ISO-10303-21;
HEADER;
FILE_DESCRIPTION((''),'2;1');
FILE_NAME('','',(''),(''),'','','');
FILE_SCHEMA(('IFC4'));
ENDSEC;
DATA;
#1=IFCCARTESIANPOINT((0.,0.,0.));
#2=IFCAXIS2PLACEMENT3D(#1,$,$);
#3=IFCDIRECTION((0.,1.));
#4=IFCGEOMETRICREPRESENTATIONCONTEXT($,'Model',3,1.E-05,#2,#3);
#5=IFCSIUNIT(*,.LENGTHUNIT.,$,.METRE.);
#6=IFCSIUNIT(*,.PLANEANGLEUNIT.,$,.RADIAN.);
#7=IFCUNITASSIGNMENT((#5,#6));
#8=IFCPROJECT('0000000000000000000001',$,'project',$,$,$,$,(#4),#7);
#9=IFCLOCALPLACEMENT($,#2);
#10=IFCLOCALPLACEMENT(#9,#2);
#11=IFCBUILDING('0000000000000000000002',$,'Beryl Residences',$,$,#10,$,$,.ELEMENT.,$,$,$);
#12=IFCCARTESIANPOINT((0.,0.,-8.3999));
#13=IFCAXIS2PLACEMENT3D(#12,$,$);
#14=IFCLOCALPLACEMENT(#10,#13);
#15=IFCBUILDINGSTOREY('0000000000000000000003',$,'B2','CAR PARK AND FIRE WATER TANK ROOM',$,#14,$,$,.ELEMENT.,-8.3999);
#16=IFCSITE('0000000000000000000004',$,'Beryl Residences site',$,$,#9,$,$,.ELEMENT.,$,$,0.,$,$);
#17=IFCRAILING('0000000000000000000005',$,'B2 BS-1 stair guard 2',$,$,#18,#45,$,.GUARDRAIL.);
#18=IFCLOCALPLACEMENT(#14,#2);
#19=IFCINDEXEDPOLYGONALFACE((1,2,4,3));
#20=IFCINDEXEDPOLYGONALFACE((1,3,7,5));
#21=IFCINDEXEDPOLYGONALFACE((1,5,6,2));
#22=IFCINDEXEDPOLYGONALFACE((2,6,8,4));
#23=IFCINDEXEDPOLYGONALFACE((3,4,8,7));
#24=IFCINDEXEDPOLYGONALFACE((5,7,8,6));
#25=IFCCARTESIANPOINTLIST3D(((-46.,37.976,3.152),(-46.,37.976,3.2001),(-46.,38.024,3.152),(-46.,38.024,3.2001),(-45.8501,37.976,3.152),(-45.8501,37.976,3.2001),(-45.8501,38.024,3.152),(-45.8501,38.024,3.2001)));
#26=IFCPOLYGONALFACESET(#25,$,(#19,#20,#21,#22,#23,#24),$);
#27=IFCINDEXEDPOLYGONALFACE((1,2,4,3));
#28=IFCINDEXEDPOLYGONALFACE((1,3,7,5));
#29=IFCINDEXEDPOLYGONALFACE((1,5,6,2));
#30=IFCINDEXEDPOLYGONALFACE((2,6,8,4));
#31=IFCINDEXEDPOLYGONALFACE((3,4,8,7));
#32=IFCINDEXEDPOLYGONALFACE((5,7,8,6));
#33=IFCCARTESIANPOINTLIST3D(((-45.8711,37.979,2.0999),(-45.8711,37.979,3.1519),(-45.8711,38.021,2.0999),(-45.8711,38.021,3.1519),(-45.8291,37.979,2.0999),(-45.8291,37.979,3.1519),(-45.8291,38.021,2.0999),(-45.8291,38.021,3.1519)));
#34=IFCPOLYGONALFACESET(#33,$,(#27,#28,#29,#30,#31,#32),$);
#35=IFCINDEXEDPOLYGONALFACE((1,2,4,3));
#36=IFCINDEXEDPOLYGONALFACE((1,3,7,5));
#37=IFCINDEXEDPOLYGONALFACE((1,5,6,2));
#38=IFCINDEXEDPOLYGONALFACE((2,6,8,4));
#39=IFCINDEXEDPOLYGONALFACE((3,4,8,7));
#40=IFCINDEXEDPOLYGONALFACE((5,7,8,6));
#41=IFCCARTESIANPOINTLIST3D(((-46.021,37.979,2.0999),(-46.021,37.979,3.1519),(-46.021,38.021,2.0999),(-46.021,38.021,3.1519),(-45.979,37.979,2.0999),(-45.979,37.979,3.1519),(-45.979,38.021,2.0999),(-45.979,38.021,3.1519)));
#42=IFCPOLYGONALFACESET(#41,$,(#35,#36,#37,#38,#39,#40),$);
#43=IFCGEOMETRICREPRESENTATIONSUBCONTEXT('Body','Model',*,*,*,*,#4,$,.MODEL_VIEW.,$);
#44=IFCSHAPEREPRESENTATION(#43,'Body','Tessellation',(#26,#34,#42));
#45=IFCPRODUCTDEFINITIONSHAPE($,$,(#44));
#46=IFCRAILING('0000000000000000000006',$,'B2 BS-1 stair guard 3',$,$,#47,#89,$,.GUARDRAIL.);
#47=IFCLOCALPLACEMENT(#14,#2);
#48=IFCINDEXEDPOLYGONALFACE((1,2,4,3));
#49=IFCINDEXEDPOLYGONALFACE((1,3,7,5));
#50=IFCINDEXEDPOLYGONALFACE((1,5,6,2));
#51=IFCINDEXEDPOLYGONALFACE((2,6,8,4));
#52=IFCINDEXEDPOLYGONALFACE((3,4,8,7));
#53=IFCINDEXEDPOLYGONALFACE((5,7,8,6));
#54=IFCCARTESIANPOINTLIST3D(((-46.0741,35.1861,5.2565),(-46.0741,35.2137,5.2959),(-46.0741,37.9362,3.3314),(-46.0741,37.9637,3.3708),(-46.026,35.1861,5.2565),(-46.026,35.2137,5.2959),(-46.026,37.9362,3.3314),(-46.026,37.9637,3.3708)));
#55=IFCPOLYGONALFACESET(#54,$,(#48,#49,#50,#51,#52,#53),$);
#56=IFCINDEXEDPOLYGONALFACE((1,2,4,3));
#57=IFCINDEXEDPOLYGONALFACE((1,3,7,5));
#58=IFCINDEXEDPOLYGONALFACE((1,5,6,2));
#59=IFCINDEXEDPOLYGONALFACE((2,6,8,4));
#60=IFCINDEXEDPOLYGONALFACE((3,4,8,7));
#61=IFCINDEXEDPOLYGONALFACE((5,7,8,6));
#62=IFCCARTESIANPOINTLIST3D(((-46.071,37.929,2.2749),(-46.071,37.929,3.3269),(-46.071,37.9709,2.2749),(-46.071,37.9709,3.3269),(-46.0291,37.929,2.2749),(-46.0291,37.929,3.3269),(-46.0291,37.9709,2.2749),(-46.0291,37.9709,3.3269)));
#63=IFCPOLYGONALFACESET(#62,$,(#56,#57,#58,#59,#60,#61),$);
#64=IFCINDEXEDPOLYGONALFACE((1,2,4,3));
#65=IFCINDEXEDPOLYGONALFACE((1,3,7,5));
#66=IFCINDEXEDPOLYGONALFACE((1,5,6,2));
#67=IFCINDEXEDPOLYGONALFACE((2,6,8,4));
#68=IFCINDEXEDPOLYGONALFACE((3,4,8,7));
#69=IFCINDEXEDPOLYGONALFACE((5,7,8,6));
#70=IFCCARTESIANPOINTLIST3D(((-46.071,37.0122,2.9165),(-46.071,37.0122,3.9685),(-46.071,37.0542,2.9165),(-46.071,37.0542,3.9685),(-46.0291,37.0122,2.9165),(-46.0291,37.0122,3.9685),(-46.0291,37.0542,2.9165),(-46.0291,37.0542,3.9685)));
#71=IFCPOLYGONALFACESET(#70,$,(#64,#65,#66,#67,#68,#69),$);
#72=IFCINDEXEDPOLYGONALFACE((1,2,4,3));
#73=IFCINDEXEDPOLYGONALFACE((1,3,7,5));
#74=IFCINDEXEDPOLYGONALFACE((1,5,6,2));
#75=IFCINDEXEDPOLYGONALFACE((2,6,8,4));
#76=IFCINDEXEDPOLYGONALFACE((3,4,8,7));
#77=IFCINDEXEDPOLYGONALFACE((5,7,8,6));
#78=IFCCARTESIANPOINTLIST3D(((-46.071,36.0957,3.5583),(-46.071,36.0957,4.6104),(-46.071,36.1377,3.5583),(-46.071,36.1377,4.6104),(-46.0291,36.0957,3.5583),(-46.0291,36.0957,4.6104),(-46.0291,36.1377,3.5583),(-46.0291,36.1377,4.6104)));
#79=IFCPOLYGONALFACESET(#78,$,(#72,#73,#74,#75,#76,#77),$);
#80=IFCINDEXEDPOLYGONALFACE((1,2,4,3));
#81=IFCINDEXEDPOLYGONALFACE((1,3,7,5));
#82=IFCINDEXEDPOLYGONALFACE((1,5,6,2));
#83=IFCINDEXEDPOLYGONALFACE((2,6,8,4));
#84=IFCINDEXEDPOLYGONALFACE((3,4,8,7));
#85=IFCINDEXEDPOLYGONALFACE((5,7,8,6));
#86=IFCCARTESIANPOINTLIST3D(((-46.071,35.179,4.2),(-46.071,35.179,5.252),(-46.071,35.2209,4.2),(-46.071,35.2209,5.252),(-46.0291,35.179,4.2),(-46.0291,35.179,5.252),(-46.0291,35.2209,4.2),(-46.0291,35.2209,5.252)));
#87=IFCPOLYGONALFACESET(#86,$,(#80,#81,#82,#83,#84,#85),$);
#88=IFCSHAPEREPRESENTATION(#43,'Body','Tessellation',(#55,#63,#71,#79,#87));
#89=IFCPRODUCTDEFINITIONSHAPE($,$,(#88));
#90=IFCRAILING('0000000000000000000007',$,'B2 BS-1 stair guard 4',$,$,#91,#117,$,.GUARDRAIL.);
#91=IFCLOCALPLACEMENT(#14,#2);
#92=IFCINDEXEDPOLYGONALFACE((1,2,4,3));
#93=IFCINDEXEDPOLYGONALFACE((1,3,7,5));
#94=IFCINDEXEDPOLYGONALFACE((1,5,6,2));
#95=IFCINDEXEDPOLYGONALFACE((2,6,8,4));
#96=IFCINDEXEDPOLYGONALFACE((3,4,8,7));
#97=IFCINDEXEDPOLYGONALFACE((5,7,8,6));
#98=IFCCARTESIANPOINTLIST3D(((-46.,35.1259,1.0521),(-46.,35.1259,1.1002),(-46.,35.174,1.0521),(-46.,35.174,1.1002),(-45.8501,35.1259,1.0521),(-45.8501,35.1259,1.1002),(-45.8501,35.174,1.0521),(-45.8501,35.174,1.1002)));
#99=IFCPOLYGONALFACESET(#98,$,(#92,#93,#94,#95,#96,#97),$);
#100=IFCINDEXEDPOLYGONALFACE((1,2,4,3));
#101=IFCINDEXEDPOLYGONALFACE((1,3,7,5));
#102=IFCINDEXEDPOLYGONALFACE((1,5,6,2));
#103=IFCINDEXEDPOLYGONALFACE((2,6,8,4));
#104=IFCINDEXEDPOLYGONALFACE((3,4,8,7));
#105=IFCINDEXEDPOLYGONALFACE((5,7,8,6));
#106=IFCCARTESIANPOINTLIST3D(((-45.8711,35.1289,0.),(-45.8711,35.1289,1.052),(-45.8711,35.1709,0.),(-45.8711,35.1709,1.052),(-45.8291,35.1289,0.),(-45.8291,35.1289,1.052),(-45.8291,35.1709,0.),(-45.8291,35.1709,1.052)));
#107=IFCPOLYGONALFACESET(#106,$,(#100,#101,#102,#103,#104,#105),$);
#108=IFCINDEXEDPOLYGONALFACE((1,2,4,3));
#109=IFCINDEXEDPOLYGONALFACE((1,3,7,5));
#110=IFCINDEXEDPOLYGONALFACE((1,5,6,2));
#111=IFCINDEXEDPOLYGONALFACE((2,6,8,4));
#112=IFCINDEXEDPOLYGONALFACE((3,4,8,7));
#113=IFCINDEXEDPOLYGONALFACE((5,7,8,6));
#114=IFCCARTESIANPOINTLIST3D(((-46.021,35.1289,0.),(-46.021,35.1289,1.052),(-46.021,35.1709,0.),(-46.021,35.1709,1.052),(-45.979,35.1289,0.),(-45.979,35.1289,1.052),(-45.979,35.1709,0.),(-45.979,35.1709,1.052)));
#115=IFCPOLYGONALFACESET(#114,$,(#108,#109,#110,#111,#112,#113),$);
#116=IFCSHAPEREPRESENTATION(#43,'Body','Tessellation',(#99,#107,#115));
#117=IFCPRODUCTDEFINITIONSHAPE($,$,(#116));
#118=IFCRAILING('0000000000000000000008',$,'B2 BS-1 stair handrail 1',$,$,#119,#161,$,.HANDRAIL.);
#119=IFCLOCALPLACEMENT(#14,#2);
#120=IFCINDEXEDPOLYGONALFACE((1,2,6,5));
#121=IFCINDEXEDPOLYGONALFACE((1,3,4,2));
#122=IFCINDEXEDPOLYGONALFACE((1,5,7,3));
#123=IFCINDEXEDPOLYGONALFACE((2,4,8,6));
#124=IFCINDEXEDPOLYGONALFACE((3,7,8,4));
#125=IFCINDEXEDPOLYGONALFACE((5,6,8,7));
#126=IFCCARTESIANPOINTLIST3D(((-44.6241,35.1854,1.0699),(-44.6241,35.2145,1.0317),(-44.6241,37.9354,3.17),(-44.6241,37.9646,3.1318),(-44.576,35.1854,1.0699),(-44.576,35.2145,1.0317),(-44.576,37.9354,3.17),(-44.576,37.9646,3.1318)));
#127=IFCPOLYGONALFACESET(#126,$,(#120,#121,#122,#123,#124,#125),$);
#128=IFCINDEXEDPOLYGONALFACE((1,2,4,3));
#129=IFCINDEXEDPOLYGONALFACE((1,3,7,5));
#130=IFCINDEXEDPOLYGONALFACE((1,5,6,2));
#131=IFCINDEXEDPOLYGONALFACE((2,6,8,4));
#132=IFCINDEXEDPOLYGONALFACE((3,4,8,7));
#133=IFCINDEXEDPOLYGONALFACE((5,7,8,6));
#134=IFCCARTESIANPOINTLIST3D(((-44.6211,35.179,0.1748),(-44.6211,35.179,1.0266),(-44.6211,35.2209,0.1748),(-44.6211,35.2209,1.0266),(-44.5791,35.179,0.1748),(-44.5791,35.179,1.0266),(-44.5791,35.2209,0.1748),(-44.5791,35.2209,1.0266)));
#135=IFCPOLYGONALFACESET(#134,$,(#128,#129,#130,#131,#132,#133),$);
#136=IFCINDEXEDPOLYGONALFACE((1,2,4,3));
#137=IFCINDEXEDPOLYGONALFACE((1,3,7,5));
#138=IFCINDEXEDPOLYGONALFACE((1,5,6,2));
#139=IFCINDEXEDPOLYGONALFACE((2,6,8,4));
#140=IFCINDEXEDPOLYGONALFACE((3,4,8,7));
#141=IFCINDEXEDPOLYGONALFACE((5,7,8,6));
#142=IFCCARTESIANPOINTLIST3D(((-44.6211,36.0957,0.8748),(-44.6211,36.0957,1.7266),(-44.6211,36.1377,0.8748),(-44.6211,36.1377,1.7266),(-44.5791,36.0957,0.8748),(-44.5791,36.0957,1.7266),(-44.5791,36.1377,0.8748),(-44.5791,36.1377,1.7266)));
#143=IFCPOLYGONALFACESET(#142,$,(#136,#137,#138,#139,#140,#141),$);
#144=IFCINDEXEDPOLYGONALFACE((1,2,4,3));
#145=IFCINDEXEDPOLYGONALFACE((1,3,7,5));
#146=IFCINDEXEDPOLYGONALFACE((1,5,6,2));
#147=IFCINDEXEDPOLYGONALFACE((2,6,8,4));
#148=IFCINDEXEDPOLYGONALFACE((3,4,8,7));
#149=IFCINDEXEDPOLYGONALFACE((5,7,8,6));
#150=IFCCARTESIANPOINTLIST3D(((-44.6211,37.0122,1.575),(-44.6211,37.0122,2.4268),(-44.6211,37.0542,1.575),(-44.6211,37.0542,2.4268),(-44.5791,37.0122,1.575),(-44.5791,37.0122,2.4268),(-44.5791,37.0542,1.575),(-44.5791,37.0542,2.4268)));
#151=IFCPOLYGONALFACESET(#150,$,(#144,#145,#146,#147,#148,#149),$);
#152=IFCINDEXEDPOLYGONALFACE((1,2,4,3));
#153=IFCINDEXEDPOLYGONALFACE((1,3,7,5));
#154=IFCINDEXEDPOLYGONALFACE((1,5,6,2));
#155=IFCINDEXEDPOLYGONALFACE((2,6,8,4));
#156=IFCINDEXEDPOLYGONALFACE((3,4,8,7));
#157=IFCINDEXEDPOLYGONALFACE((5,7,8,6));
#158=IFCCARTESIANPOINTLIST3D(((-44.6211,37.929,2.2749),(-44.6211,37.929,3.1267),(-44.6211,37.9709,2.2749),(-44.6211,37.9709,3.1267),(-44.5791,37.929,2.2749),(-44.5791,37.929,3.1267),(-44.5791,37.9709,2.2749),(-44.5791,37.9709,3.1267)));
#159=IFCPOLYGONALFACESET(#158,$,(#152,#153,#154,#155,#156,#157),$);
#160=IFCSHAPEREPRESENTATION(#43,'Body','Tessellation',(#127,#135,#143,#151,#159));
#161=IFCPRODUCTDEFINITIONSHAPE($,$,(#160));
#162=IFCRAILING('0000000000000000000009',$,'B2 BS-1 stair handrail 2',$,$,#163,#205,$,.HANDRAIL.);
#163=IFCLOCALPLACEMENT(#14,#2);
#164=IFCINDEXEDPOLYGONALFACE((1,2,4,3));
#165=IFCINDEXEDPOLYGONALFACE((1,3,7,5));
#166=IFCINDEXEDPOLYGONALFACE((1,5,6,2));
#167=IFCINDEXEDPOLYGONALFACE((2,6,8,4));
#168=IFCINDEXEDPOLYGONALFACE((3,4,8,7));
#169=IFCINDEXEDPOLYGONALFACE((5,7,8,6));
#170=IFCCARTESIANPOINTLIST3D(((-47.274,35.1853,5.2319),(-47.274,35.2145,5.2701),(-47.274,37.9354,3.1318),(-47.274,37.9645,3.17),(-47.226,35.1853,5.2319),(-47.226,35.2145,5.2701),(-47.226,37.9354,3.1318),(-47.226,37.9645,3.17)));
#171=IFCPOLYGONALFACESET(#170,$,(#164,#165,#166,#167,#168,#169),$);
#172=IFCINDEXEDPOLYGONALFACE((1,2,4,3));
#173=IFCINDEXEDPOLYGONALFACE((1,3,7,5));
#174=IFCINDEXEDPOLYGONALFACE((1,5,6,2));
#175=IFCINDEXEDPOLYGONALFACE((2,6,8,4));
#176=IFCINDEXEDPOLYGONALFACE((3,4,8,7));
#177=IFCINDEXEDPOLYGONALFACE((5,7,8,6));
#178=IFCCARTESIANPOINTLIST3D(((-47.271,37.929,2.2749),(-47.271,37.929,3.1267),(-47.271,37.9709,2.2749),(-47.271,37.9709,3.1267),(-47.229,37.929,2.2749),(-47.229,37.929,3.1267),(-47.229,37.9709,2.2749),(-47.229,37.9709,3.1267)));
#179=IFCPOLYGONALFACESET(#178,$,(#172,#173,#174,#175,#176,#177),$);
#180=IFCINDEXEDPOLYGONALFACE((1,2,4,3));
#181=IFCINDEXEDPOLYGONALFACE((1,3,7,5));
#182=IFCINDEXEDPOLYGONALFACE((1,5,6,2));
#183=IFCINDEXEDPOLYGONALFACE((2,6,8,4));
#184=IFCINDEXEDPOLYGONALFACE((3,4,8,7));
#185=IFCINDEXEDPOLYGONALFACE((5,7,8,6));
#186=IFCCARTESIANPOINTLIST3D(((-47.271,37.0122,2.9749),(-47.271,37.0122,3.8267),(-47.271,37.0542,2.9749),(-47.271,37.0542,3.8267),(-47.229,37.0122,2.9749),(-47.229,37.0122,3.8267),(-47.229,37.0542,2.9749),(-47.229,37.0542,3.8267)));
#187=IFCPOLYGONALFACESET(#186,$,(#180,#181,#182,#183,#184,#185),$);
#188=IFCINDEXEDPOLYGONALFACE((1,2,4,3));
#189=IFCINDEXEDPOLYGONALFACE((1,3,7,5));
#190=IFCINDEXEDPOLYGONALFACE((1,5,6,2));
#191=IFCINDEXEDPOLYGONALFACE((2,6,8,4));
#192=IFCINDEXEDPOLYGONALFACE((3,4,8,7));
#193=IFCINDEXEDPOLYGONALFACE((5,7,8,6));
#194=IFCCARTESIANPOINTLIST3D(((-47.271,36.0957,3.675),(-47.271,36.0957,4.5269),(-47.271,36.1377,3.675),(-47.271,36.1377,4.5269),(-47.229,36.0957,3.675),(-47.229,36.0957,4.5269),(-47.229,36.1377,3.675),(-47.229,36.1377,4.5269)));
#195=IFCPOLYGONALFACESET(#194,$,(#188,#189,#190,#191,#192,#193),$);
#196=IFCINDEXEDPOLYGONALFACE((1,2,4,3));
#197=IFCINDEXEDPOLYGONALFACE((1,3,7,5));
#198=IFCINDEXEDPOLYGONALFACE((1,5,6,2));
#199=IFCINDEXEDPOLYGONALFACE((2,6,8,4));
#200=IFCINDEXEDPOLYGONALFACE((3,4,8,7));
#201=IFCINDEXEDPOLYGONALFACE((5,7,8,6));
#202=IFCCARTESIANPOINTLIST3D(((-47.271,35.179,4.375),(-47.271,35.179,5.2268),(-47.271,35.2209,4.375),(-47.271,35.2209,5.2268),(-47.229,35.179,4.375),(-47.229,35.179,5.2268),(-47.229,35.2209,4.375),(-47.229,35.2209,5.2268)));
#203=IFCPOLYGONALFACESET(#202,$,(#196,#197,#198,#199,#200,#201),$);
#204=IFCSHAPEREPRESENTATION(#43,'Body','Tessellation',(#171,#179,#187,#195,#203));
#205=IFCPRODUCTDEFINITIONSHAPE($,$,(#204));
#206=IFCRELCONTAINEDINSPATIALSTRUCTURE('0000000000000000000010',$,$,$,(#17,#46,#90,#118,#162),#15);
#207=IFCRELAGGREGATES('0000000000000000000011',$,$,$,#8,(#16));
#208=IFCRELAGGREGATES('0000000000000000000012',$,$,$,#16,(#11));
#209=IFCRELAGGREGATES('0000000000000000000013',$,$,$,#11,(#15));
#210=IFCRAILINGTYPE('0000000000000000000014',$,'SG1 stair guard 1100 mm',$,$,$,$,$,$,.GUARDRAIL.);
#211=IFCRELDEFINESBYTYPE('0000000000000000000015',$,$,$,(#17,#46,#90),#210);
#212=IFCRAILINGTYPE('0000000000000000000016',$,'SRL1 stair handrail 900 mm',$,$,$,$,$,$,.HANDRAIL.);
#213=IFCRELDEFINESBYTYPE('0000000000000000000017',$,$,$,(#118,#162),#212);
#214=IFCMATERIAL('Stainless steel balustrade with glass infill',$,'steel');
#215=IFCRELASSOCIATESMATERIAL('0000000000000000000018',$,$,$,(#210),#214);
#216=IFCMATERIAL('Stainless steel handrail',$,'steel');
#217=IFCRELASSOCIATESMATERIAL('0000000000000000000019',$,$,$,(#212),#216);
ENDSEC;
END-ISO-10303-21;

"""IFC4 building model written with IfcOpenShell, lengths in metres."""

from ifc_helpers import new_model, si_unit, direction, frame, origin, origin_2d, place, context, subcontext, project, spatial, rectangle, extrude, material, type_object, element, save


model = new_model("IFC4")

# Units and contexts
model_context = context("Model", 3, precision=1e-05, world=origin(), true_north=direction((0.0, 1.0)))
body_context = subcontext(model_context, "Body", "Model", "MODEL_VIEW")
ifc_project = project(units=[si_unit("LENGTHUNIT", "METRE"), si_unit("PLANEANGLEUNIT", "RADIAN")], contexts=[model_context])

# Site, building, storey
site_placement = place(None, origin())
site = spatial("IfcSite", under=ifc_project, at=site_placement, Name="Beryl Residences site", CompositionType="ELEMENT", RefElevation=0.0)
building_placement = place(site_placement, origin())
building = spatial("IfcBuilding", under=site, at=building_placement, Name="Beryl Residences", CompositionType="ELEMENT")
storey_placement = place(building_placement, frame((0.0, 0.0, -8.3999)))
storey = spatial("IfcBuildingStorey", under=building, at=storey_placement, Name="B2", Description="CAR PARK AND FIRE WATER TANK ROOM", CompositionType="ELEMENT", Elevation=-8.3999)

# Railings
ifc_material_1 = material(Name="Stainless steel balustrade with glass infill", Category="steel")
railing_type_1 = type_object("IfcRailingType", Name="SG1 stair guard 1100 mm", PredefinedType="GUARDRAIL", material=ifc_material_1)
railing_1_placement = place(storey_placement, frame((-45.8501, 38.0, 2.0999)))
element("IfcRailing", 1, at=railing_1_placement, inside=storey, type_object=railing_type_1, Name="B2 BS-1 stair guard 2", PredefinedType="GUARDRAIL", context=body_context, shape_type="SweptSolid", body=[
    extrude(rectangle(XDim=0.0481, YDim=0.0481, at=origin_2d()), frame((0.0, 0.0, 1.0762), z_axis=(-1.0, 0.0, 0.0), x_axis=(0.0, -1.0, 0.0)), (0.0, 0.0, 1.0), 0.1499),
    extrude(rectangle(XDim=0.042, YDim=0.042, at=origin_2d()), origin(), (0.0, 0.0, 1.0), 1.052),
    extrude(rectangle(XDim=0.042, YDim=0.042, at=origin_2d()), frame((-0.1499, 0.0, 0.0)), (0.0, 0.0, 1.0), 1.052),
])
railing_2_placement = place(storey_placement, frame((-46.05, 37.95, 2.2749)))
element("IfcRailing", 2, at=railing_2_placement, inside=storey, type_object=railing_type_1, Name="B2 BS-1 stair guard 3", PredefinedType="GUARDRAIL", context=body_context, shape_type="SweptSolid", body=[
    extrude(rectangle(XDim=0.0481, YDim=0.0481, at=origin_2d()), frame((0.0, 0.0, 1.0762), z_axis=(0.0, -0.819225, 0.573472), x_axis=(1.0, 0.0, 0.0)), (0.0, 0.0, 1.0), 3.3569),
    extrude(rectangle(XDim=0.042, YDim=0.042, at=origin_2d()), origin(), (0.0, 0.0, 1.0), 1.052),
    extrude(rectangle(XDim=0.042, YDim=0.042, at=origin_2d()), frame((0.0, -0.9167, 0.6416)), (0.0, 0.0, 1.0), 1.052),
    extrude(rectangle(XDim=0.042, YDim=0.042, at=origin_2d()), frame((0.0, -1.8333, 1.2834)), (0.0, 0.0, 1.0), 1.052),
    extrude(rectangle(XDim=0.042, YDim=0.042, at=origin_2d()), frame((0.0, -2.75, 1.925)), (0.0, 0.0, 1.0), 1.052),
])
railing_3_placement = place(storey_placement, frame((-45.8501, 35.1499, 0.0)))
element("IfcRailing", 3, at=railing_3_placement, inside=storey, type_object=railing_type_1, Name="B2 BS-1 stair guard 4", PredefinedType="GUARDRAIL", context=body_context, shape_type="SweptSolid", body=[
    extrude(rectangle(XDim=0.0481, YDim=0.0481, at=origin_2d()), frame((0.0, 0.0, 1.0762), z_axis=(-1.0, 0.0, 0.0), x_axis=(0.0, -1.0, 0.0)), (0.0, 0.0, 1.0), 0.1499),
    extrude(rectangle(XDim=0.042, YDim=0.042, at=origin_2d()), origin(), (0.0, 0.0, 1.0), 1.052),
    extrude(rectangle(XDim=0.042, YDim=0.042, at=origin_2d()), frame((-0.1499, 0.0, 0.0)), (0.0, 0.0, 1.0), 1.052),
])
ifc_material_2 = material(Name="Stainless steel handrail", Category="steel")
railing_type_2 = type_object("IfcRailingType", Name="SRL1 stair handrail 900 mm", PredefinedType="HANDRAIL", material=ifc_material_2)
railing_4_placement = place(storey_placement, frame((-44.6001, 35.2, 0.1748)))
element("IfcRailing", 4, at=railing_4_placement, inside=storey, type_object=railing_type_2, Name="B2 BS-1 stair handrail 1", PredefinedType="HANDRAIL", context=body_context, shape_type="SweptSolid", body=[
    extrude(rectangle(XDim=0.0481, YDim=0.0481, at=origin_2d()), frame((0.0, 0.0, 0.876), z_axis=(0.0, 0.794754, 0.606931), x_axis=(-1.0, 0.0, 0.0)), (0.0, 0.0, 1.0), 3.4602),
    extrude(rectangle(XDim=0.042, YDim=0.042, at=origin_2d()), origin(), (0.0, 0.0, 1.0), 0.8518),
    extrude(rectangle(XDim=0.042, YDim=0.042, at=origin_2d()), frame((0.0, 0.9167, 0.7)), (0.0, 0.0, 1.0), 0.8518),
    extrude(rectangle(XDim=0.042, YDim=0.042, at=origin_2d()), frame((0.0, 1.8333, 1.4001)), (0.0, 0.0, 1.0), 0.8518),
    extrude(rectangle(XDim=0.042, YDim=0.042, at=origin_2d()), frame((0.0, 2.75, 2.1001)), (0.0, 0.0, 1.0), 0.8518),
])
railing_5_placement = place(storey_placement, frame((-47.25, 37.95, 2.2749)))
element("IfcRailing", 5, at=railing_5_placement, inside=storey, type_object=railing_type_2, Name="B2 BS-1 stair handrail 2", PredefinedType="HANDRAIL", context=body_context, shape_type="SweptSolid", body=[
    extrude(rectangle(XDim=0.0481, YDim=0.0481, at=origin_2d()), frame((0.0, 0.0, 0.876), z_axis=(0.0, -0.794754, 0.606931), x_axis=(1.0, 0.0, 0.0)), (0.0, 0.0, 1.0), 3.4602),
    extrude(rectangle(XDim=0.042, YDim=0.042, at=origin_2d()), origin(), (0.0, 0.0, 1.0), 0.8518),
    extrude(rectangle(XDim=0.042, YDim=0.042, at=origin_2d()), frame((0.0, -0.9167, 0.7)), (0.0, 0.0, 1.0), 0.8518),
    extrude(rectangle(XDim=0.042, YDim=0.042, at=origin_2d()), frame((0.0, -1.8333, 1.4001)), (0.0, 0.0, 1.0), 0.8518),
    extrude(rectangle(XDim=0.042, YDim=0.042, at=origin_2d()), frame((0.0, -2.75, 2.1001)), (0.0, 0.0, 1.0), 0.8518),
])

save(model, "model.ifc")
